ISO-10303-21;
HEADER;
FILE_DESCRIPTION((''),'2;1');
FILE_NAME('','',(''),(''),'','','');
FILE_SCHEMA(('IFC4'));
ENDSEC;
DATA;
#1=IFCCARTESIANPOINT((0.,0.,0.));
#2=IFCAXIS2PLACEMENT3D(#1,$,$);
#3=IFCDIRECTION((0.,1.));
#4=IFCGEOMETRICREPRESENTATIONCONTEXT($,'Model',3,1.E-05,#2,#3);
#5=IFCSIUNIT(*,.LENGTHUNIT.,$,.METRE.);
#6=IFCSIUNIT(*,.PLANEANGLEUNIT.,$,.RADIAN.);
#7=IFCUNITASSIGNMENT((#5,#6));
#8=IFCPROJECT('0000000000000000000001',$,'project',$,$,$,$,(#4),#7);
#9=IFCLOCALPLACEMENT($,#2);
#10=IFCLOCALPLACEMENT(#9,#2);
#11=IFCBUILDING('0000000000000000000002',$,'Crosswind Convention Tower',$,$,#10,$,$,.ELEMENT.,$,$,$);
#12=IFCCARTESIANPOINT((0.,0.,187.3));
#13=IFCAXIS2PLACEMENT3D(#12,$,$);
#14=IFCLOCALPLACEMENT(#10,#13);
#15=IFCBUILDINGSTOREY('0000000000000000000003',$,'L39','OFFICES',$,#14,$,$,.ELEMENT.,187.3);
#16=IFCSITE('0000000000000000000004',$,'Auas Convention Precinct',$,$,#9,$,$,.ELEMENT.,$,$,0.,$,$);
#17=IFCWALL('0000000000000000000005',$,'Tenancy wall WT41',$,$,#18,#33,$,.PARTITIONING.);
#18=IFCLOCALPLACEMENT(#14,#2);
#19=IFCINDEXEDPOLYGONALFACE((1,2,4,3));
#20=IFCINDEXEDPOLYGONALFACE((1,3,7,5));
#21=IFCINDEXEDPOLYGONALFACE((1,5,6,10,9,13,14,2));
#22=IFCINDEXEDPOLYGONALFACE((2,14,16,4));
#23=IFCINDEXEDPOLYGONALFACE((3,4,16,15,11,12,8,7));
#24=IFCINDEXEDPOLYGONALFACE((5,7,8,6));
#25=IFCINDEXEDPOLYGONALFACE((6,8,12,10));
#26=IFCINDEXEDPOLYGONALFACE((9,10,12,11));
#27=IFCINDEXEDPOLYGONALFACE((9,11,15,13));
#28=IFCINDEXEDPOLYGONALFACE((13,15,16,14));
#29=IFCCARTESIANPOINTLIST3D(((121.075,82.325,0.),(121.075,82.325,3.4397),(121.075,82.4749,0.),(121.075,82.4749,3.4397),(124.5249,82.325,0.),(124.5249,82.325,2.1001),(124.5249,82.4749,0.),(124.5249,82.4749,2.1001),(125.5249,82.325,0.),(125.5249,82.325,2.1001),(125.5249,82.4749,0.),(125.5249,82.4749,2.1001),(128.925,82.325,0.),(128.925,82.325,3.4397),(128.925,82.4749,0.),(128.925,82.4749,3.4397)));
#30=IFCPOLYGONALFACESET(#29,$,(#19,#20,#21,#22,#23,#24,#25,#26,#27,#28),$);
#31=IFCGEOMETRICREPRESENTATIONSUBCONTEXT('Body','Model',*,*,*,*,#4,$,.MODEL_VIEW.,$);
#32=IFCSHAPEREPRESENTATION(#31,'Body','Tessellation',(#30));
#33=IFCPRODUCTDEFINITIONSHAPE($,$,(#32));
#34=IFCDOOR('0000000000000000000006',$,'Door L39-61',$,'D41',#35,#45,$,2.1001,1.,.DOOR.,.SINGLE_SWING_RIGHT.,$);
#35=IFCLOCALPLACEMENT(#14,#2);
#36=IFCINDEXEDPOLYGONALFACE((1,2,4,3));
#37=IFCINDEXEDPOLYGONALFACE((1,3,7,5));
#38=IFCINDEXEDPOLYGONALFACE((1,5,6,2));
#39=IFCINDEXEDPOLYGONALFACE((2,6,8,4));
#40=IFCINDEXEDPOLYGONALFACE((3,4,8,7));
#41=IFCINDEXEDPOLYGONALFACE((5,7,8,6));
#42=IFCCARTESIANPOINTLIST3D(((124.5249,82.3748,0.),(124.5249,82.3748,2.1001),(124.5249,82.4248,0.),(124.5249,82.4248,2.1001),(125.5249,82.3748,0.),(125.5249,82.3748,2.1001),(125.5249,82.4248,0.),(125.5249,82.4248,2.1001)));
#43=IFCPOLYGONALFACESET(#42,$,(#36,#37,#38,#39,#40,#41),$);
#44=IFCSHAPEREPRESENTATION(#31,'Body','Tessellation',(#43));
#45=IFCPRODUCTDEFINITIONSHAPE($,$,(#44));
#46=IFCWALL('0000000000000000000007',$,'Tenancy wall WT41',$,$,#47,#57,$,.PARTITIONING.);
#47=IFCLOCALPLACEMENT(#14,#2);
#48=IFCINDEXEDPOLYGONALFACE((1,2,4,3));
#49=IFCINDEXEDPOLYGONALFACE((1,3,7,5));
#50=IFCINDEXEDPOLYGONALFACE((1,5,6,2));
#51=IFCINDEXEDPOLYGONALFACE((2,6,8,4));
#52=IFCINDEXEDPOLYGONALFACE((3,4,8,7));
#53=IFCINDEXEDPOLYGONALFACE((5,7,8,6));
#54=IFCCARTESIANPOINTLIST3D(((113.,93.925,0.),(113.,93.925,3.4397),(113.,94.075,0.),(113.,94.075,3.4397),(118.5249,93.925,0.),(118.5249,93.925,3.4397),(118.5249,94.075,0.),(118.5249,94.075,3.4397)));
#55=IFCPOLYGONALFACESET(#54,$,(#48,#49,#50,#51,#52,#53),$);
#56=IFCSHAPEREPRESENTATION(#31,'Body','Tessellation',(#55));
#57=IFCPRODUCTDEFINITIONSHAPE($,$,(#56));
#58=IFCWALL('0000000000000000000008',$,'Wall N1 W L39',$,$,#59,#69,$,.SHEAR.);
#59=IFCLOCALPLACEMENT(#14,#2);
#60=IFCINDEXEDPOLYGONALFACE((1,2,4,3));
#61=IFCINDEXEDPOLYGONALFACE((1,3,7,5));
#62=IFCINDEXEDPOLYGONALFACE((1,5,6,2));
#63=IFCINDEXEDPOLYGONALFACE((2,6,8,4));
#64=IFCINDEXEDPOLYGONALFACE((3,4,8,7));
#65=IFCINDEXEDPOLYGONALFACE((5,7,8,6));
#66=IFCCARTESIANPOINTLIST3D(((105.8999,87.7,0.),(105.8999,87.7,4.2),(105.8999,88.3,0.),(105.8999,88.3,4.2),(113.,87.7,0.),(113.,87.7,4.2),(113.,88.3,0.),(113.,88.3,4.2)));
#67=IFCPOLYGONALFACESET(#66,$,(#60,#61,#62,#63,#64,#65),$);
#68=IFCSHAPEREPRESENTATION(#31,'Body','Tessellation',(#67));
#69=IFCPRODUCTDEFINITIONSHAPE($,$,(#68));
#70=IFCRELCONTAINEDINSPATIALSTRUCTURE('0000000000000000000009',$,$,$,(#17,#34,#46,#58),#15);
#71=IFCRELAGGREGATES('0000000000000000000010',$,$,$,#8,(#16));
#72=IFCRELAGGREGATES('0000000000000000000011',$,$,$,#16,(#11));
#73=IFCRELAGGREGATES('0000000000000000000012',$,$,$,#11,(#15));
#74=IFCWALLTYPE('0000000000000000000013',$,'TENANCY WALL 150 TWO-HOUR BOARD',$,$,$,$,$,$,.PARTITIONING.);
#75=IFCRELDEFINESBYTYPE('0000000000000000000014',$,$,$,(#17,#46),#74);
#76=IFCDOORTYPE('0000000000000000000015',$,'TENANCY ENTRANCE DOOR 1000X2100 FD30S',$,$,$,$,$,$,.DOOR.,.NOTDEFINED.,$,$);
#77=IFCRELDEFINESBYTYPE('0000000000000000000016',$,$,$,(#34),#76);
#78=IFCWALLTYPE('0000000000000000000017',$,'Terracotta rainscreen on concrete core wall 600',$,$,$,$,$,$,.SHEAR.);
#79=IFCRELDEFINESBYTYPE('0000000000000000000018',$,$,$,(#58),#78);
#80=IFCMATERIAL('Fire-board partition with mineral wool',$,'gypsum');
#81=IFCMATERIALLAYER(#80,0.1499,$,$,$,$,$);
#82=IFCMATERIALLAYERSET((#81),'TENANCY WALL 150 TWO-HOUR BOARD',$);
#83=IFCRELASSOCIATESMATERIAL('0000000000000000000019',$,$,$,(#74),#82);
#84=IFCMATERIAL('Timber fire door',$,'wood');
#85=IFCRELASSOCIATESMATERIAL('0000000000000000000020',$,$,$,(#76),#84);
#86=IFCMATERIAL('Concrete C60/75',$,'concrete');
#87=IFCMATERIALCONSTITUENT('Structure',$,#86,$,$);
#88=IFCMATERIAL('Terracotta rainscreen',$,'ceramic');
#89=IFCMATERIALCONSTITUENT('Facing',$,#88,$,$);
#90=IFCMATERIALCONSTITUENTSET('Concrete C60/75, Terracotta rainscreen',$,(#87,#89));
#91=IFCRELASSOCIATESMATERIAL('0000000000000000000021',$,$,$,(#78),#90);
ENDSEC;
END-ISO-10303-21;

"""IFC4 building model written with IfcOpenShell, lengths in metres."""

from ifc_helpers import new_model, si_unit, direction, frame, frame_2d, origin, place, context, subcontext, project, spatial, rectangle, extrude, material, layer, layer_set, constituent, constituent_set, type_object, element, fill, save


model = new_model("IFC4")

# Units and contexts
model_context = context("Model", 3, precision=1e-05, world=origin(), true_north=direction((0.0, 1.0)))
body_context = subcontext(model_context, "Body", "Model", "MODEL_VIEW")
ifc_project = project(units=[si_unit("LENGTHUNIT", "METRE"), si_unit("PLANEANGLEUNIT", "RADIAN")], contexts=[model_context])

# Site, building, storey
site_placement = place(None, origin())
site = spatial("IfcSite", under=ifc_project, at=site_placement, Name="Auas Convention Precinct", CompositionType="ELEMENT", RefElevation=0.0)
building_placement = place(site_placement, origin())
building = spatial("IfcBuilding", under=site, at=building_placement, Name="Crosswind Convention Tower", CompositionType="ELEMENT")
storey_placement = place(building_placement, frame((0.0, 0.0, 187.3)))
storey = spatial("IfcBuildingStorey", under=building, at=storey_placement, Name="L39", Description="OFFICES", CompositionType="ELEMENT", Elevation=187.3)

# Shared definitions
ifc_material_1 = material(Name="Concrete C60/75", Category="concrete")

# Shared definitions
ifc_material_2 = material(Name="Fire-board partition with mineral wool", Category="gypsum")
ifc_layer_1 = layer(ifc_material_2, 0.1499)
ifc_layer_set_1 = layer_set([ifc_layer_1], Name="TENANCY WALL 150 TWO-HOUR BOARD")
wall_type_1 = type_object("IfcWallType", Name="TENANCY WALL 150 TWO-HOUR BOARD", PredefinedType="PARTITIONING", material=ifc_layer_set_1)
ifc_material_3 = material(Name="Timber fire door", Category="wood")
door_type = type_object("IfcDoorType", Name="TENANCY ENTRANCE DOOR 1000X2100 FD30S", OperationType="NOTDEFINED", PredefinedType="DOOR", material=ifc_material_3)

# Wall, opening, door
wall_1_placement = place(storey_placement, frame((121.075, 82.3999, 0.0), z_axis=(0.0, 0.0, 1.0), x_axis=(1.0, 0.0, 0.0)))
wall_1 = element("IfcWall", 1, at=wall_1_placement, inside=storey, type_object=wall_type_1, Name="Tenancy wall WT41", PredefinedType="PARTITIONING", context=body_context, shape_type="SweptSolid", body=[
    extrude(rectangle(XDim=7.8501, YDim=0.1499, at=frame_2d((3.925, 0.0))), origin(), (0.0, 0.0, 1.0), 3.4397),
])
opening_1_placement = place(wall_1_placement, frame((3.45, 0.0, 0.0)))
opening_1 = element("IfcOpeningElement", 2, at=opening_1_placement, cuts=wall_1, PredefinedType="OPENING", context=body_context, shape_type="SweptSolid", body=[
    extrude(rectangle(XDim=1.0, YDim=2.1001, at=frame_2d((0.5, 1.05))), frame((0.0, 0.085, 0.0), z_axis=(0.0, -1.0, 0.0), x_axis=(1.0, 0.0, 0.0)), (0.0, 0.0, 1.0), 0.1699),
])
door_1_placement = place(opening_1_placement, origin())
door_1 = element("IfcDoor", 3, at=door_1_placement, inside=storey, type_object=door_type, Name="Door L39-61", ObjectType="D41", OperationType="SINGLE_SWING_RIGHT", OverallHeight=2.1001, OverallWidth=1.0, PredefinedType="DOOR", context=body_context, shape_type="SweptSolid", body=[
    extrude(rectangle(XDim=1.0, YDim=2.1001, at=frame_2d((0.5, 1.05))), frame((0.0, 0.0249, 0.0), z_axis=(0.0, -1.0, 0.0), x_axis=(1.0, 0.0, 0.0)), (0.0, 0.0, 1.0), 0.05),
])
fill(opening_1, door_1)

# Walls
wall_2_placement = place(storey_placement, frame((113.0, 94.0, 0.0), z_axis=(0.0, 0.0, 1.0), x_axis=(1.0, 0.0, 0.0)))
element("IfcWall", 4, at=wall_2_placement, inside=storey, type_object=wall_type_1, Name="Tenancy wall WT41", PredefinedType="PARTITIONING", context=body_context, shape_type="SweptSolid", body=[
    extrude(rectangle(XDim=5.5249, YDim=0.1499, at=frame_2d((2.7625, 0.0))), origin(), (0.0, 0.0, 1.0), 3.4397),
])
ifc_constituent_1 = constituent(ifc_material_1, Name="Structure")
ifc_material_4 = material(Name="Terracotta rainscreen", Category="ceramic")
ifc_constituent_2 = constituent(ifc_material_4, Name="Facing")
ifc_constituent_set = constituent_set(constituents=[ifc_constituent_1, ifc_constituent_2], Name="Concrete C60/75, Terracotta rainscreen")
wall_type_2 = type_object("IfcWallType", Name="Terracotta rainscreen on concrete core wall 600", PredefinedType="SHEAR", material=ifc_constituent_set)
wall_3_placement = place(storey_placement, frame((113.0, 88.0, 0.0), z_axis=(0.0, 0.0, 1.0), x_axis=(-1.0, 0.0, 0.0)))
element("IfcWall", 5, at=wall_3_placement, inside=storey, type_object=wall_type_2, Name="Wall N1 W L39", PredefinedType="SHEAR", context=body_context, shape_type="SweptSolid", body=[
    extrude(rectangle(XDim=7.1001, YDim=0.6001, at=frame_2d((3.55, 0.0))), origin(), (0.0, 0.0, 1.0), 4.2),
])

save(model, "model.ifc")
